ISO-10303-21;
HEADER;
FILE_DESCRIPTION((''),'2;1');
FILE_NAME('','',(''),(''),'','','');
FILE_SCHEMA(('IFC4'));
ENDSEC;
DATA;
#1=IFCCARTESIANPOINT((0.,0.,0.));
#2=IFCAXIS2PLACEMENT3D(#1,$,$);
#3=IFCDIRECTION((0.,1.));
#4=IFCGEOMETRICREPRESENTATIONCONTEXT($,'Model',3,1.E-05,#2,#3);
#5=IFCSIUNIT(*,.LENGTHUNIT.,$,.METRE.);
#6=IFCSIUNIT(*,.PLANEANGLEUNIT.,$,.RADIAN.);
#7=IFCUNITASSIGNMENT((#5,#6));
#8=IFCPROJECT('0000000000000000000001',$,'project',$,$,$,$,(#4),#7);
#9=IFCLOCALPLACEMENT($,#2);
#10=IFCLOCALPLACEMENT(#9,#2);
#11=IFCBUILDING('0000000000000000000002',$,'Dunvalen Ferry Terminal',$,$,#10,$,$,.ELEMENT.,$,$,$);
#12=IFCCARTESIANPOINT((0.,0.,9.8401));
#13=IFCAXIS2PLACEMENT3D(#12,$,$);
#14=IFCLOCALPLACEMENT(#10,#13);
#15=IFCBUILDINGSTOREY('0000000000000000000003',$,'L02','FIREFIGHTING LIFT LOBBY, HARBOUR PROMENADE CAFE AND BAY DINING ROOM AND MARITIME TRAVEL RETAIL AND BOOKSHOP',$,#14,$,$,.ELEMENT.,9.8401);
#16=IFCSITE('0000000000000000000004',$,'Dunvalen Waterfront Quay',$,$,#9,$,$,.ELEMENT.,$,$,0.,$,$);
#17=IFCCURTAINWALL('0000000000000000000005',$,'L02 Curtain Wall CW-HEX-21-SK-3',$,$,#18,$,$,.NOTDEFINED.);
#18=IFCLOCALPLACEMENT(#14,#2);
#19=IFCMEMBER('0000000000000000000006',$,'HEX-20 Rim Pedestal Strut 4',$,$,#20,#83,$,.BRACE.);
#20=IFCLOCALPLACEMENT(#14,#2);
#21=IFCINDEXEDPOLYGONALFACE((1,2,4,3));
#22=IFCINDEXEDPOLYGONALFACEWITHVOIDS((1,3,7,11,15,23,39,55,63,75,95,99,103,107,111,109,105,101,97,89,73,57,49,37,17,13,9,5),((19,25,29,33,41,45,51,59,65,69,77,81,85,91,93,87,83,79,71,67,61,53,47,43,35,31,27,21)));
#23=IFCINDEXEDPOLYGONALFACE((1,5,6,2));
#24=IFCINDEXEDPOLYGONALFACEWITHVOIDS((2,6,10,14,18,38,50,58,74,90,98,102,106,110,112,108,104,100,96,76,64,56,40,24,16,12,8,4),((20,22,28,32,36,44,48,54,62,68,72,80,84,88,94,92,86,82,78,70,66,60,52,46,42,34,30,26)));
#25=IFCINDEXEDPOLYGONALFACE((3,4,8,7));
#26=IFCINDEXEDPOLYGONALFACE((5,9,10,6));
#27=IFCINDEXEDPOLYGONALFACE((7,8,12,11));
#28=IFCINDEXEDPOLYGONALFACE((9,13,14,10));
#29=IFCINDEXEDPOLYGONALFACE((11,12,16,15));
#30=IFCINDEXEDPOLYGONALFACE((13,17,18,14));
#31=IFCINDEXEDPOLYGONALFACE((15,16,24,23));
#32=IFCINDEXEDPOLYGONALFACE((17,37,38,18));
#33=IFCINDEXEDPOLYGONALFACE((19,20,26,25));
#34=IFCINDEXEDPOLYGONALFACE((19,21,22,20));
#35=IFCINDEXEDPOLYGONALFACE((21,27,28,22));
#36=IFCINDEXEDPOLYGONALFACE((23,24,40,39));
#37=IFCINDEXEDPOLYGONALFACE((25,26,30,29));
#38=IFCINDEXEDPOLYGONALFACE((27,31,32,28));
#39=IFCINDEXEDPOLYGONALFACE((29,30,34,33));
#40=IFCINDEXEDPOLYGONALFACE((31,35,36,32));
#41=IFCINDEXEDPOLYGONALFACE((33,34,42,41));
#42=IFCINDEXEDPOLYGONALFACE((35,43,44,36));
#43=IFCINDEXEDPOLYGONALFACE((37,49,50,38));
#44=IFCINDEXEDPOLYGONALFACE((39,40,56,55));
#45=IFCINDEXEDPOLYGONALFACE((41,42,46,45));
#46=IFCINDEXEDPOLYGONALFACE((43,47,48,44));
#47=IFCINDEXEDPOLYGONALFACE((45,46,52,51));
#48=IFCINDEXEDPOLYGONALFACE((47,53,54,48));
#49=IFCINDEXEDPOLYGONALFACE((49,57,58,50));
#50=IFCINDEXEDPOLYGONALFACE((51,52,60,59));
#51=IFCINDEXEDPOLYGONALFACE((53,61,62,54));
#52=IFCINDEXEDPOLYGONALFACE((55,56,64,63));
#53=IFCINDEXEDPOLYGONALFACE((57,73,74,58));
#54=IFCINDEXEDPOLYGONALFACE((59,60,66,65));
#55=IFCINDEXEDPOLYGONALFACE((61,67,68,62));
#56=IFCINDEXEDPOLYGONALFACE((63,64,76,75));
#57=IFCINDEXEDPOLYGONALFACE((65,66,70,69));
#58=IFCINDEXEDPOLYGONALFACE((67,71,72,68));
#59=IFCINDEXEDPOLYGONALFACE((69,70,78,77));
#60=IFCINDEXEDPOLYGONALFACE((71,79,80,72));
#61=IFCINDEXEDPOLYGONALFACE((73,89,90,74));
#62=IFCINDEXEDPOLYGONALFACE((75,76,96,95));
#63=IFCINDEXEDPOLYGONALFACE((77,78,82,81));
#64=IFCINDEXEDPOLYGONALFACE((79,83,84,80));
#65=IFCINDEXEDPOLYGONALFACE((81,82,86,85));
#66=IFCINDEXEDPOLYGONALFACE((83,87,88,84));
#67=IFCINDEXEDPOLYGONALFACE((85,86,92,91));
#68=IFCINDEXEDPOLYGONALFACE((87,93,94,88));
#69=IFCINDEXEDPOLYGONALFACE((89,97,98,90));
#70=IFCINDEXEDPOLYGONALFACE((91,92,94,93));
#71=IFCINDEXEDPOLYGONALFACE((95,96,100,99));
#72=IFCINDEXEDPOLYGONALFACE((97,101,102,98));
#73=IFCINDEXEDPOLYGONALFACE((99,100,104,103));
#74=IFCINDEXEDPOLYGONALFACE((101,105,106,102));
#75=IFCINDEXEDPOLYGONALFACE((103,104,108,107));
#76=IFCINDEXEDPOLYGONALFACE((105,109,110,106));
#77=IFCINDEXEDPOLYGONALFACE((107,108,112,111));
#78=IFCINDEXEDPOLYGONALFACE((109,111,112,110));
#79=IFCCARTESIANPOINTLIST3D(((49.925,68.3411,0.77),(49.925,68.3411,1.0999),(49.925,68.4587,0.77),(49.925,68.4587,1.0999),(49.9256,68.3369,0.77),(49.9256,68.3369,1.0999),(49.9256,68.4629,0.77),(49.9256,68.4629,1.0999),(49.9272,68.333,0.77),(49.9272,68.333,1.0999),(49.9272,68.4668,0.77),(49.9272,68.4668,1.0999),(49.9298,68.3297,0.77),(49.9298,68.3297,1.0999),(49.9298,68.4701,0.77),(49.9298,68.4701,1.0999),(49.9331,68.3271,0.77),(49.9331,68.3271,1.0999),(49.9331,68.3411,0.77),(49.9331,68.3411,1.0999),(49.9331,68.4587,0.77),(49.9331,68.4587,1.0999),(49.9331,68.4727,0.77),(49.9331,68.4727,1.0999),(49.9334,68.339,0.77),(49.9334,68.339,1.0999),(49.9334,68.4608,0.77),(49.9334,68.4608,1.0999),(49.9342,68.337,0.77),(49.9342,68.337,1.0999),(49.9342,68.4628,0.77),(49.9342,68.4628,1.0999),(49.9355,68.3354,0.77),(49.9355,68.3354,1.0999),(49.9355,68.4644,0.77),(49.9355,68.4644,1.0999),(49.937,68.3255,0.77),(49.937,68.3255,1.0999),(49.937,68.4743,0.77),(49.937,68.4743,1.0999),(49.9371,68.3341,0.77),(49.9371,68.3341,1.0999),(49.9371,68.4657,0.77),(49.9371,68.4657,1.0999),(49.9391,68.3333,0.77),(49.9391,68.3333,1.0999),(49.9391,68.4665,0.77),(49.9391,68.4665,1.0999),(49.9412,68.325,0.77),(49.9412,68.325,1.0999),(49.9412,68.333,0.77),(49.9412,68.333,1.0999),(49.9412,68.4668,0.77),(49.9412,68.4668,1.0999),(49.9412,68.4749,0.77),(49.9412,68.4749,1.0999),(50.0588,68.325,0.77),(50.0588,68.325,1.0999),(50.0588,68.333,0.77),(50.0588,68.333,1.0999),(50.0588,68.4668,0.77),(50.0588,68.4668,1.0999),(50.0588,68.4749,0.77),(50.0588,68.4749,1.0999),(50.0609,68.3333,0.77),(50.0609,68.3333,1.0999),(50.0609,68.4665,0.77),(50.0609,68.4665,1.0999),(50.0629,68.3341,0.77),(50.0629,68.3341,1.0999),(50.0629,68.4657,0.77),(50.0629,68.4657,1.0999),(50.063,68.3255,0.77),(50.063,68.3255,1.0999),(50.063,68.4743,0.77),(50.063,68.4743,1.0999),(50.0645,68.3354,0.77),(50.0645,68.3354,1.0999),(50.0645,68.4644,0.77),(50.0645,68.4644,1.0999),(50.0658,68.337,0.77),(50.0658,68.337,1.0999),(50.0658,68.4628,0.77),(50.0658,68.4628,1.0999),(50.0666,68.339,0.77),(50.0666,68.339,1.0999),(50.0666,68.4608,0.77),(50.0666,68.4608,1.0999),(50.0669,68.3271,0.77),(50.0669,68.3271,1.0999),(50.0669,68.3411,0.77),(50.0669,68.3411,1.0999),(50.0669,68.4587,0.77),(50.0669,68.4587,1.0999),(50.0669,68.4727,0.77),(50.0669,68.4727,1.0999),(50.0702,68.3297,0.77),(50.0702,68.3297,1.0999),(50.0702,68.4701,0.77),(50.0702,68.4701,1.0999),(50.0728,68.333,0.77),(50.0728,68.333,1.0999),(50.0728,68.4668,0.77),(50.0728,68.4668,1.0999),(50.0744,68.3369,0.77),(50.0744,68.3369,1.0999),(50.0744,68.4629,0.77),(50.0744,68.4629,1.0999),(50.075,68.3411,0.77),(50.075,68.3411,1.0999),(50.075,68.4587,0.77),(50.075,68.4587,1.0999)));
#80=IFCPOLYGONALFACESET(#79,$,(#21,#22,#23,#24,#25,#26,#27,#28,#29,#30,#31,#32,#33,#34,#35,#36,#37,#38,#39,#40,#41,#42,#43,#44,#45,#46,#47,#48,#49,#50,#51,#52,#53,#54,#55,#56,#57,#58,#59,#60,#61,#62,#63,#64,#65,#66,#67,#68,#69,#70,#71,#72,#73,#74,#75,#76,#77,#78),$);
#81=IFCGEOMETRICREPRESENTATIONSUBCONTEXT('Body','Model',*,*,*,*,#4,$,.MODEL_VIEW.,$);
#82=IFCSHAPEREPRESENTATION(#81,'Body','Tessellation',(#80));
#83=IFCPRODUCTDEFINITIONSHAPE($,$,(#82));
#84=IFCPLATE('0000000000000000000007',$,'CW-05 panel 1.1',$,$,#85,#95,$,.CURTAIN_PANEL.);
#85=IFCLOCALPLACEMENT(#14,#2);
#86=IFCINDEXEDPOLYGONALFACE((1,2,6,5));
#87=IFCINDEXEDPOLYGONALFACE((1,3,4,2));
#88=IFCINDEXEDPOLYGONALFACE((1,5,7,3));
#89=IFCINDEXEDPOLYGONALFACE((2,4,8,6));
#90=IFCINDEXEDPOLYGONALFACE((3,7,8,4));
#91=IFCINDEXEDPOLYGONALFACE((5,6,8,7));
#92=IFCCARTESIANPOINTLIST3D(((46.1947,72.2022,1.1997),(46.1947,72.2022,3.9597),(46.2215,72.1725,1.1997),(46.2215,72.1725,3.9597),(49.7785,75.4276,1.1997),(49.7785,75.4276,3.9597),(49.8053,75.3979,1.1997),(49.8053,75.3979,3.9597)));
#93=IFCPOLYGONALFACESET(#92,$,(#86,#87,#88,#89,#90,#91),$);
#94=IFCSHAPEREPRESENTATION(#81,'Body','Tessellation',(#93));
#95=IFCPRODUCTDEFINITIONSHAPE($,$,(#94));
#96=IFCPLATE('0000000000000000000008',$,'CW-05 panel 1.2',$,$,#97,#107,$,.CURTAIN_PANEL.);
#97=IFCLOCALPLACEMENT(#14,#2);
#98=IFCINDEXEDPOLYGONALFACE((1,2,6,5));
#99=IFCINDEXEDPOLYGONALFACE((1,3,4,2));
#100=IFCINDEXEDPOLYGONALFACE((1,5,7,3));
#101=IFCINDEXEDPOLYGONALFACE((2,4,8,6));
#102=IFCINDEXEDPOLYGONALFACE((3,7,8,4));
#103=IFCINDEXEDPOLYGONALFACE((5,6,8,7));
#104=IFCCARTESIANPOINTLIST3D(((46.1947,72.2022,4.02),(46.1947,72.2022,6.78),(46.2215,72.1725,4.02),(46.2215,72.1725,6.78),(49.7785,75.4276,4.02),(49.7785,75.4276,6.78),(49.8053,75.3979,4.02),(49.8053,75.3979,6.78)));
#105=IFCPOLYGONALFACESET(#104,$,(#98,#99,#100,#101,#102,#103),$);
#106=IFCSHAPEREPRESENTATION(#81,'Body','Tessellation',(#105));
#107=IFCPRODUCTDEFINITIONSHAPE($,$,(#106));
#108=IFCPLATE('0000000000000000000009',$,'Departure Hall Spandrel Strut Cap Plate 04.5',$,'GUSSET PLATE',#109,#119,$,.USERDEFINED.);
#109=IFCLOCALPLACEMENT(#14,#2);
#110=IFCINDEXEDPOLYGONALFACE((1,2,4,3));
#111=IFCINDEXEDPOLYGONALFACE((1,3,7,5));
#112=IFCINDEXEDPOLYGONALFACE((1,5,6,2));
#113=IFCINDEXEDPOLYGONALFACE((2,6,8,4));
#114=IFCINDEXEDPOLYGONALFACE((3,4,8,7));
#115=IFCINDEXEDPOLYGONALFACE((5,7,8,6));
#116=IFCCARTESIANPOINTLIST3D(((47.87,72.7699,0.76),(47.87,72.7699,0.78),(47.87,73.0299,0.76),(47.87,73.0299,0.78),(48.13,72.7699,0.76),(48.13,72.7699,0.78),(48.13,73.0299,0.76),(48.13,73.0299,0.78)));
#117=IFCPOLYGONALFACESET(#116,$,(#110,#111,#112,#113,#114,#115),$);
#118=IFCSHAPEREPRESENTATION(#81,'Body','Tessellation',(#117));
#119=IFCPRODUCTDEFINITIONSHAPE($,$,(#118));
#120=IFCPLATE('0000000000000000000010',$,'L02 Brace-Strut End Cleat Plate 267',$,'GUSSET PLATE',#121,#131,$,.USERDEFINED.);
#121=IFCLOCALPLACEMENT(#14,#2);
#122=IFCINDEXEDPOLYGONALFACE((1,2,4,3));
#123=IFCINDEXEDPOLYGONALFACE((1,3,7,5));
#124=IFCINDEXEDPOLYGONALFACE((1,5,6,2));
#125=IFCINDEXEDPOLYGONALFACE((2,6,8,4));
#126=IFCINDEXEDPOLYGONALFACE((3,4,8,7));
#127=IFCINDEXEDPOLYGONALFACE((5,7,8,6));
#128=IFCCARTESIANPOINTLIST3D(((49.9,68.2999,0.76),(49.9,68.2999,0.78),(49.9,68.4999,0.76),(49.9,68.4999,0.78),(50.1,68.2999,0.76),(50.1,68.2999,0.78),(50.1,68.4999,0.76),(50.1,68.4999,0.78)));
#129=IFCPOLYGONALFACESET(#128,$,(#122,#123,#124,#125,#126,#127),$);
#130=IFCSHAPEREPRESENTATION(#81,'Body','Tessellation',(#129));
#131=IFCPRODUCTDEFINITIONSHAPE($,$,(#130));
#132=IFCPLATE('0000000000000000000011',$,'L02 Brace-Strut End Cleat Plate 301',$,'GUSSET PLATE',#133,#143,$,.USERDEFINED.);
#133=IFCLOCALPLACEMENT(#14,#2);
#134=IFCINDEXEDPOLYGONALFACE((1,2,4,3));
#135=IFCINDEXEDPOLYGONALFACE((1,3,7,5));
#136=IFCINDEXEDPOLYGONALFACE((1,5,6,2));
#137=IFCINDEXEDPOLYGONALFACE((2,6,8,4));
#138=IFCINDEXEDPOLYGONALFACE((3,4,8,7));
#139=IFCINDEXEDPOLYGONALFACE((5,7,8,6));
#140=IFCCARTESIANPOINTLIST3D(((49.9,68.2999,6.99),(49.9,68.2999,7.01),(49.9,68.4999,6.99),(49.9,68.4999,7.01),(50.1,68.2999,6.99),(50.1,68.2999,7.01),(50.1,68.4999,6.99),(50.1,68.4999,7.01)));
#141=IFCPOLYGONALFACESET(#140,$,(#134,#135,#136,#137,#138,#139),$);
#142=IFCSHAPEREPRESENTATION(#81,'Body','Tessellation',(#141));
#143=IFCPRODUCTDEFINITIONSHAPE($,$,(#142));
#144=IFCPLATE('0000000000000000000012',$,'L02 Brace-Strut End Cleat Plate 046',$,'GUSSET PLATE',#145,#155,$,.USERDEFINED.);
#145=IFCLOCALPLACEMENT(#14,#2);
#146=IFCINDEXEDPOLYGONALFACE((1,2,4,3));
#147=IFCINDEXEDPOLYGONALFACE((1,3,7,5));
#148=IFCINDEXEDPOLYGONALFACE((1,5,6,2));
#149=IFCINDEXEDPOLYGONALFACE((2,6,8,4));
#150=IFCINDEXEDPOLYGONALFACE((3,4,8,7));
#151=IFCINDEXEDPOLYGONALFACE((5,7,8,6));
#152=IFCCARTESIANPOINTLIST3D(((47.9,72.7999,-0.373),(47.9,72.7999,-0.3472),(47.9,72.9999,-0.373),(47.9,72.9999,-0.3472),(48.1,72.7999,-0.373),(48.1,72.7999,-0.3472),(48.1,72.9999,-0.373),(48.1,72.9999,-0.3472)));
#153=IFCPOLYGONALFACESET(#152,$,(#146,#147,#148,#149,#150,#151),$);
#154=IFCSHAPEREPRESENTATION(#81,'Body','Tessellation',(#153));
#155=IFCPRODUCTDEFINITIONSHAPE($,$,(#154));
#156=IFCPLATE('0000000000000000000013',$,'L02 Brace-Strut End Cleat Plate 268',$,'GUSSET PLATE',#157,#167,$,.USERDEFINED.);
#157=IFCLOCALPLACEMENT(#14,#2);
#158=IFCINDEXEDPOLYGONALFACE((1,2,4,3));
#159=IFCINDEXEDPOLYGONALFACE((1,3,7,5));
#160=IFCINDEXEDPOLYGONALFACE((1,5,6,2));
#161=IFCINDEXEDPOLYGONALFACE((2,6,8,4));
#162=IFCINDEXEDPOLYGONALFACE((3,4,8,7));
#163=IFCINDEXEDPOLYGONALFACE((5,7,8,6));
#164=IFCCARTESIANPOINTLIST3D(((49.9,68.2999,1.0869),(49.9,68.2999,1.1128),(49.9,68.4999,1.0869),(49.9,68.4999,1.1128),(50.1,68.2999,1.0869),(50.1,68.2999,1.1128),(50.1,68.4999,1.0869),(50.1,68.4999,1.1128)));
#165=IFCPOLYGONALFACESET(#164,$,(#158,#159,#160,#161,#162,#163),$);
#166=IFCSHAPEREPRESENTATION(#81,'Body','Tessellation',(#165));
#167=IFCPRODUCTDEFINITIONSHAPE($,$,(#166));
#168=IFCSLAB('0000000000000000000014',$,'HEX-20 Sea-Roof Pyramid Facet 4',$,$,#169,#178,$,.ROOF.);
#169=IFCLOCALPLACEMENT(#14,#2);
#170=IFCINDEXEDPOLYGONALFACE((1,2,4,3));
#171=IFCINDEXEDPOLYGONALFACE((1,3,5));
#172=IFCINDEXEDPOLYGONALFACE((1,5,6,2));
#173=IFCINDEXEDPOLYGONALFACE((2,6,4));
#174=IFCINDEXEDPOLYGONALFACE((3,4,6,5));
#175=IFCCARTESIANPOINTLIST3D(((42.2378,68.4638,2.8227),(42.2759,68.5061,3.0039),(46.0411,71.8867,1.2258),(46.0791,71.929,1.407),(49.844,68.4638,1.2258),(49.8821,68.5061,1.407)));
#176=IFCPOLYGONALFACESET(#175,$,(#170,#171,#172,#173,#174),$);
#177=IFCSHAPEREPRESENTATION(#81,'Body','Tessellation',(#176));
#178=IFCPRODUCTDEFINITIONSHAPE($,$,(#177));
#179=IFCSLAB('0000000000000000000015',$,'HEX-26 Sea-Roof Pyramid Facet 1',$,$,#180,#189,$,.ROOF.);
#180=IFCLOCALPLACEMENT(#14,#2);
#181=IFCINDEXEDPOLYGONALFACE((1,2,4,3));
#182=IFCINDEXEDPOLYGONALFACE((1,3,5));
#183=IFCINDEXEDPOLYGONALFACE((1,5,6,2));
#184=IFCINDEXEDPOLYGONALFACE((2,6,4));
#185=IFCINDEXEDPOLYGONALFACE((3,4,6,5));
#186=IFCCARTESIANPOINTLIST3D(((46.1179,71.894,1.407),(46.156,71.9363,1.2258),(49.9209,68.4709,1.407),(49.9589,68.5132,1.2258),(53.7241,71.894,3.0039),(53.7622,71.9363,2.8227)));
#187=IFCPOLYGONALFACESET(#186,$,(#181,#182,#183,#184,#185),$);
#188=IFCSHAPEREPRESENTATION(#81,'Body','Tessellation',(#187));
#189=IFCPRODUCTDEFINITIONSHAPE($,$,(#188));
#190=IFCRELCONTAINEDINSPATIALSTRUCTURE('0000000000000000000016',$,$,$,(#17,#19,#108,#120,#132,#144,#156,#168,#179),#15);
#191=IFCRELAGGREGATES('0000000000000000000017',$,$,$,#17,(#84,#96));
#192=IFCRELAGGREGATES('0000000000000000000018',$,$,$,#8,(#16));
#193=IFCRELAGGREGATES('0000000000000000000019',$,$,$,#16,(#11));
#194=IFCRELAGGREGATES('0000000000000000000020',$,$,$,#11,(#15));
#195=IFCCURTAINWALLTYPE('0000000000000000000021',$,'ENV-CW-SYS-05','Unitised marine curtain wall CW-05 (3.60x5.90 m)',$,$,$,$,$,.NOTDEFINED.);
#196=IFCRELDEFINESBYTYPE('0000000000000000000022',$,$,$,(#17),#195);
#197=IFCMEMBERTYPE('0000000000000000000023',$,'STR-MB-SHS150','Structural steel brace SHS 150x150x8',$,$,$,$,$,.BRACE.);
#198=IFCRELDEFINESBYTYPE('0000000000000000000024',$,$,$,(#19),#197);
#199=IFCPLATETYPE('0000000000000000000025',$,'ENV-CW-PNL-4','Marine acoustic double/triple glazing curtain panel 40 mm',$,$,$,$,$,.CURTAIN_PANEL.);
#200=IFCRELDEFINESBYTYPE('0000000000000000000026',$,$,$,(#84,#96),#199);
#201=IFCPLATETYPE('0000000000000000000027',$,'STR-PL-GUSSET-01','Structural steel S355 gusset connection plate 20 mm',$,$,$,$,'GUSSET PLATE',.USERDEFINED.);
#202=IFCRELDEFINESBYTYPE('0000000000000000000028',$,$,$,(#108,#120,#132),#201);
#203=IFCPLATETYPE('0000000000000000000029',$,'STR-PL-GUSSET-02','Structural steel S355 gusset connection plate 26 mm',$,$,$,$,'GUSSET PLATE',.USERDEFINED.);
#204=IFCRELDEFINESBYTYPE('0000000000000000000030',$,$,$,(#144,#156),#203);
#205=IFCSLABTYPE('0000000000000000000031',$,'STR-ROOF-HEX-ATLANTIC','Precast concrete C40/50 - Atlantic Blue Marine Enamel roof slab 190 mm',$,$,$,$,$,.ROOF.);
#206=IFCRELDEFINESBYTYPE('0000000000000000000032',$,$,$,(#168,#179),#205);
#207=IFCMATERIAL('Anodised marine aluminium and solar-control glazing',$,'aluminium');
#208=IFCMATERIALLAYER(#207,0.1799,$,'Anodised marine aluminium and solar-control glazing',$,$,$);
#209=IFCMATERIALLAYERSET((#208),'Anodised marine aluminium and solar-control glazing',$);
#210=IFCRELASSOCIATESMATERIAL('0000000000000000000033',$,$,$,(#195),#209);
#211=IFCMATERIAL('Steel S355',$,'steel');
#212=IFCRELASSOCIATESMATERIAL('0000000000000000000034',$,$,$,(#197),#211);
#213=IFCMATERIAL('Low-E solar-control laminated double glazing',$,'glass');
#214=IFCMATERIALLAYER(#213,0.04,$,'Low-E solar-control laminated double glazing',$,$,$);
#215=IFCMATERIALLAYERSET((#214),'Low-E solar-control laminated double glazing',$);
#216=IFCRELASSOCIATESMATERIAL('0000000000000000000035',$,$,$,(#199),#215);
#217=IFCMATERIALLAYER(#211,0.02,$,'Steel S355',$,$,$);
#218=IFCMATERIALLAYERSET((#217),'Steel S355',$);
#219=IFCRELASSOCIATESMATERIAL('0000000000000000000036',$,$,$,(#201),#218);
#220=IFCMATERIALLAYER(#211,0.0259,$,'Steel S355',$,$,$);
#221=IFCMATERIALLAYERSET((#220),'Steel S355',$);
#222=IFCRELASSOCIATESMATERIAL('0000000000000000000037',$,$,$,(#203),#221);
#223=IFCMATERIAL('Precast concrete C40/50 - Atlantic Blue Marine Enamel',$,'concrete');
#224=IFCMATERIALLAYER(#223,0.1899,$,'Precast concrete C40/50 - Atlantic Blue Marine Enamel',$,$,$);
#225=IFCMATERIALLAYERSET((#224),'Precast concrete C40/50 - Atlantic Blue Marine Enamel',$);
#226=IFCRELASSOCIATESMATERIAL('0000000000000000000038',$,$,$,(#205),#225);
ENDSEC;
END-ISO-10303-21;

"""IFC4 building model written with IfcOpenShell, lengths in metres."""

from ifc_helpers import new_model, si_unit, direction, frame, origin, origin_2d, place, context, subcontext, project, spatial, polyline, rectangle, hollow_rectangle, outline, extrude, material, layer, layer_set, material_profile, profile_set, type_object, element, aggregate, save


model = new_model("IFC4")

# Units and contexts
model_context = context("Model", 3, precision=1e-05, world=origin(), true_north=direction((0.0, 1.0)))
body_context = subcontext(model_context, "Body", "Model", "MODEL_VIEW")
ifc_project = project(units=[si_unit("LENGTHUNIT", "METRE"), si_unit("PLANEANGLEUNIT", "RADIAN")], contexts=[model_context])

# Site, building, storey
site_placement = place(None, origin())
site = spatial("IfcSite", under=ifc_project, at=site_placement, Name="Dunvalen Waterfront Quay", CompositionType="ELEMENT", RefElevation=0.0)
building_placement = place(site_placement, origin())
building = spatial("IfcBuilding", under=site, at=building_placement, Name="Dunvalen Ferry Terminal", CompositionType="ELEMENT")
storey_placement = place(building_placement, frame((0.0, 0.0, 9.8401)))
storey = spatial("IfcBuildingStorey", under=building, at=storey_placement, Name="L02", Description="FIREFIGHTING LIFT LOBBY, HARBOUR PROMENADE CAFE AND BAY DINING ROOM AND MARITIME TRAVEL RETAIL AND BOOKSHOP", CompositionType="ELEMENT", Elevation=9.8401)

# Curtain wall
ifc_material_1 = material(Name="Anodised marine aluminium and solar-control glazing", Category="aluminium")
ifc_layer_1 = layer(ifc_material_1, 0.1799, Name="Anodised marine aluminium and solar-control glazing")
ifc_layer_set_1 = layer_set([ifc_layer_1], Name="Anodised marine aluminium and solar-control glazing")
curtain_wall_type = type_object("IfcCurtainWallType", Name="ENV-CW-SYS-05", Description="Unitised marine curtain wall CW-05 (3.60x5.90 m)", PredefinedType="NOTDEFINED", material=ifc_layer_set_1)
curtain_wall_placement = place(storey_placement, origin())
curtain_wall = element("IfcCurtainWall", 1, at=curtain_wall_placement, inside=storey, type_object=curtain_wall_type, Name="L02 Curtain Wall CW-HEX-21-SK-3", PredefinedType="NOTDEFINED")

# Shared definitions
ifc_material_2 = material(Name="Steel S355", Category="steel")

# Member
ifc_material_profile_1 = material_profile(ifc_material_2, hollow_rectangle(XDim=0.1499, YDim=0.1499, WallThickness=0.0081, InnerFilletRadius=0.0081, OuterFilletRadius=0.0161, at=origin_2d()), Name="Steel S355")
ifc_profile_set_1 = profile_set([ifc_material_profile_1], Name="Steel S355")
member_type_1 = type_object("IfcMemberType", Name="STR-MB-SHS150", Description="Structural steel brace SHS 150x150x8", PredefinedType="BRACE", material=ifc_profile_set_1)
member_1_placement = place(storey_placement, frame((50.0, 68.3999, 0.77), z_axis=(0.0, 0.0, 1.0), x_axis=(1.0, 0.0, 0.0)))
element("IfcMember", 2, at=member_1_placement, inside=storey, type_object=member_type_1, Name="HEX-20 Rim Pedestal Strut 4", PredefinedType="BRACE", context=body_context, shape_type="SweptSolid", body=[
    extrude(hollow_rectangle(XDim=0.1499, YDim=0.1499, WallThickness=0.0081, InnerFilletRadius=0.0081, OuterFilletRadius=0.0161, at=origin_2d()), origin(), (0.0, 0.0, 1.0), 0.3298),
])

# Plates
ifc_material_3 = material(Name="Low-E solar-control laminated double glazing", Category="glass")
ifc_layer_2 = layer(ifc_material_3, 0.04, Name="Low-E solar-control laminated double glazing")
ifc_layer_set_2 = layer_set([ifc_layer_2], Name="Low-E solar-control laminated double glazing")
plate_type_1 = type_object("IfcPlateType", Name="ENV-CW-PNL-4", Description="Marine acoustic double/triple glazing curtain panel 40 mm", PredefinedType="CURTAIN_PANEL", material=ifc_layer_set_2)
plate_1_placement = place(storey_placement, frame((48.0, 73.8, 1.1997), z_axis=(0.0, 0.0, 1.0), x_axis=(0.743304, 0.668954, 0.0)))
plate_1 = element("IfcPlate", 3, at=plate_1_placement, type_object=plate_type_1, Name="CW-05 panel 1.1", PredefinedType="CURTAIN_PANEL", context=body_context, shape_type="SweptSolid", body=[
    extrude(rectangle(XDim=4.8215, YDim=0.04, at=origin_2d()), origin(), (0.0, 0.0, 1.0), 2.76),
])
plate_2_placement = place(storey_placement, frame((48.0, 73.8, 4.02), z_axis=(0.0, 0.0, 1.0), x_axis=(0.743304, 0.668954, 0.0)))
plate_2 = element("IfcPlate", 4, at=plate_2_placement, type_object=plate_type_1, Name="CW-05 panel 1.2", PredefinedType="CURTAIN_PANEL", context=body_context, shape_type="SweptSolid", body=[
    extrude(rectangle(XDim=4.8215, YDim=0.04, at=origin_2d()), origin(), (0.0, 0.0, 1.0), 2.76),
])
aggregate(curtain_wall, [plate_1, plate_2])

# Plates
ifc_layer_3 = layer(ifc_material_2, 0.02, Name="Steel S355")
ifc_layer_set_3 = layer_set([ifc_layer_3], Name="Steel S355")
plate_type_2 = type_object("IfcPlateType", Name="STR-PL-GUSSET-01", Description="Structural steel S355 gusset connection plate 20 mm", ElementType="GUSSET PLATE", PredefinedType="USERDEFINED", material=ifc_layer_set_3)
plate_3_placement = place(storey_placement, frame((48.0, 72.8999, 0.76), z_axis=(0.0, 0.0, 1.0), x_axis=(1.0, 0.0, 0.0)))
element("IfcPlate", 5, at=plate_3_placement, inside=storey, type_object=plate_type_2, Name="Departure Hall Spandrel Strut Cap Plate 04.5", ObjectType="GUSSET PLATE", PredefinedType="USERDEFINED", context=body_context, shape_type="SweptSolid", body=[
    extrude(rectangle(XDim=0.26, YDim=0.26, at=origin_2d()), origin(), (0.0, 0.0, 1.0), 0.02),
])
for number, where, z_axis, x_axis, name in (
    (6, (50.0, 68.3999, 0.76), (0.0, 0.0, 1.0), (1.0, 0.0, 0.0), "L02 Brace-Strut End Cleat Plate 267"),
    (7, (50.0, 68.3999, 6.99), (0.0, 0.0, 1.0), (1.0, 0.0, 0.0), "L02 Brace-Strut End Cleat Plate 301"),
):
    element("IfcPlate", number, at=place(storey_placement, frame(where, z_axis=z_axis, x_axis=x_axis)), inside=storey, type_object=plate_type_2, Name=name, ObjectType="GUSSET PLATE", PredefinedType="USERDEFINED", context=body_context, shape_type="SweptSolid", body=[
        extrude(rectangle(XDim=0.2, YDim=0.2, at=origin_2d()), origin(), (0.0, 0.0, 1.0), 0.02),
    ])
ifc_layer_4 = layer(ifc_material_2, 0.0259, Name="Steel S355")
ifc_layer_set_4 = layer_set([ifc_layer_4], Name="Steel S355")
plate_type_3 = type_object("IfcPlateType", Name="STR-PL-GUSSET-02", Description="Structural steel S355 gusset connection plate 26 mm", ElementType="GUSSET PLATE", PredefinedType="USERDEFINED", material=ifc_layer_set_4)
for number, where, z_axis, x_axis, name in (
    (8, (48.0, 72.8999, -0.373), (0.0, 0.0, 1.0), (1.0, 0.0, 0.0), "L02 Brace-Strut End Cleat Plate 046"),
    (9, (50.0, 68.3999, 1.0869), (0.0, 0.0, 1.0), (1.0, 0.0, 0.0), "L02 Brace-Strut End Cleat Plate 268"),
):
    element("IfcPlate", number, at=place(storey_placement, frame(where, z_axis=z_axis, x_axis=x_axis)), inside=storey, type_object=plate_type_3, Name=name, ObjectType="GUSSET PLATE", PredefinedType="USERDEFINED", context=body_context, shape_type="SweptSolid", body=[
        extrude(rectangle(XDim=0.2, YDim=0.2, at=origin_2d()), origin(), (0.0, 0.0, 1.0), 0.0259),
    ])

# Slabs
ifc_material_4 = material(Name="Precast concrete C40/50 - Atlantic Blue Marine Enamel", Category="concrete")
ifc_layer_5 = layer(ifc_material_4, 0.1899, Name="Precast concrete C40/50 - Atlantic Blue Marine Enamel")
ifc_layer_set_5 = layer_set([ifc_layer_5], Name="Precast concrete C40/50 - Atlantic Blue Marine Enamel")
slab_type = type_object("IfcSlabType", Name="STR-ROOF-HEX-ATLANTIC", Description="Precast concrete C40/50 - Atlantic Blue Marine Enamel roof slab 190 mm", PredefinedType="ROOF", material=ifc_layer_set_5)
slab_1_placement = place(storey_placement, frame((49.8821, 68.5061, 1.407), z_axis=(0.200317, 0.222563, 0.954117), x_axis=(-0.743278, 0.668983, 0.0)))
element("IfcSlab", 10, at=slab_1_placement, inside=storey, type_object=slab_type, Name="HEX-20 Sea-Roof Pyramid Facet 4", PredefinedType="ROOF", context=body_context, shape_type="SweptSolid", body=[
    extrude(outline(polyline([(0.0, 0.0), (5.1165, 0.0), (5.6535, 5.3331), (0.0, 0.0)])), origin(), (0.0, 0.0, -1.0), 0.1899),
])
slab_2_placement = place(storey_placement, frame((46.1179, 71.894, 1.407), z_axis=(-0.200318, -0.222548, 0.95412), x_axis=(0.743254, -0.66901, 0.0)))
element("IfcSlab", 11, at=slab_2_placement, inside=storey, type_object=slab_type, Name="HEX-26 Sea-Roof Pyramid Facet 1", PredefinedType="ROOF", context=body_context, shape_type="SweptSolid", body=[
    extrude(outline(polyline([(0.0, 0.0), (5.1167, 0.0), (5.6533, 5.3333), (0.0, 0.0)])), origin(), (0.0, 0.0, -1.0), 0.1899),
])

save(model, "model.ifc")
